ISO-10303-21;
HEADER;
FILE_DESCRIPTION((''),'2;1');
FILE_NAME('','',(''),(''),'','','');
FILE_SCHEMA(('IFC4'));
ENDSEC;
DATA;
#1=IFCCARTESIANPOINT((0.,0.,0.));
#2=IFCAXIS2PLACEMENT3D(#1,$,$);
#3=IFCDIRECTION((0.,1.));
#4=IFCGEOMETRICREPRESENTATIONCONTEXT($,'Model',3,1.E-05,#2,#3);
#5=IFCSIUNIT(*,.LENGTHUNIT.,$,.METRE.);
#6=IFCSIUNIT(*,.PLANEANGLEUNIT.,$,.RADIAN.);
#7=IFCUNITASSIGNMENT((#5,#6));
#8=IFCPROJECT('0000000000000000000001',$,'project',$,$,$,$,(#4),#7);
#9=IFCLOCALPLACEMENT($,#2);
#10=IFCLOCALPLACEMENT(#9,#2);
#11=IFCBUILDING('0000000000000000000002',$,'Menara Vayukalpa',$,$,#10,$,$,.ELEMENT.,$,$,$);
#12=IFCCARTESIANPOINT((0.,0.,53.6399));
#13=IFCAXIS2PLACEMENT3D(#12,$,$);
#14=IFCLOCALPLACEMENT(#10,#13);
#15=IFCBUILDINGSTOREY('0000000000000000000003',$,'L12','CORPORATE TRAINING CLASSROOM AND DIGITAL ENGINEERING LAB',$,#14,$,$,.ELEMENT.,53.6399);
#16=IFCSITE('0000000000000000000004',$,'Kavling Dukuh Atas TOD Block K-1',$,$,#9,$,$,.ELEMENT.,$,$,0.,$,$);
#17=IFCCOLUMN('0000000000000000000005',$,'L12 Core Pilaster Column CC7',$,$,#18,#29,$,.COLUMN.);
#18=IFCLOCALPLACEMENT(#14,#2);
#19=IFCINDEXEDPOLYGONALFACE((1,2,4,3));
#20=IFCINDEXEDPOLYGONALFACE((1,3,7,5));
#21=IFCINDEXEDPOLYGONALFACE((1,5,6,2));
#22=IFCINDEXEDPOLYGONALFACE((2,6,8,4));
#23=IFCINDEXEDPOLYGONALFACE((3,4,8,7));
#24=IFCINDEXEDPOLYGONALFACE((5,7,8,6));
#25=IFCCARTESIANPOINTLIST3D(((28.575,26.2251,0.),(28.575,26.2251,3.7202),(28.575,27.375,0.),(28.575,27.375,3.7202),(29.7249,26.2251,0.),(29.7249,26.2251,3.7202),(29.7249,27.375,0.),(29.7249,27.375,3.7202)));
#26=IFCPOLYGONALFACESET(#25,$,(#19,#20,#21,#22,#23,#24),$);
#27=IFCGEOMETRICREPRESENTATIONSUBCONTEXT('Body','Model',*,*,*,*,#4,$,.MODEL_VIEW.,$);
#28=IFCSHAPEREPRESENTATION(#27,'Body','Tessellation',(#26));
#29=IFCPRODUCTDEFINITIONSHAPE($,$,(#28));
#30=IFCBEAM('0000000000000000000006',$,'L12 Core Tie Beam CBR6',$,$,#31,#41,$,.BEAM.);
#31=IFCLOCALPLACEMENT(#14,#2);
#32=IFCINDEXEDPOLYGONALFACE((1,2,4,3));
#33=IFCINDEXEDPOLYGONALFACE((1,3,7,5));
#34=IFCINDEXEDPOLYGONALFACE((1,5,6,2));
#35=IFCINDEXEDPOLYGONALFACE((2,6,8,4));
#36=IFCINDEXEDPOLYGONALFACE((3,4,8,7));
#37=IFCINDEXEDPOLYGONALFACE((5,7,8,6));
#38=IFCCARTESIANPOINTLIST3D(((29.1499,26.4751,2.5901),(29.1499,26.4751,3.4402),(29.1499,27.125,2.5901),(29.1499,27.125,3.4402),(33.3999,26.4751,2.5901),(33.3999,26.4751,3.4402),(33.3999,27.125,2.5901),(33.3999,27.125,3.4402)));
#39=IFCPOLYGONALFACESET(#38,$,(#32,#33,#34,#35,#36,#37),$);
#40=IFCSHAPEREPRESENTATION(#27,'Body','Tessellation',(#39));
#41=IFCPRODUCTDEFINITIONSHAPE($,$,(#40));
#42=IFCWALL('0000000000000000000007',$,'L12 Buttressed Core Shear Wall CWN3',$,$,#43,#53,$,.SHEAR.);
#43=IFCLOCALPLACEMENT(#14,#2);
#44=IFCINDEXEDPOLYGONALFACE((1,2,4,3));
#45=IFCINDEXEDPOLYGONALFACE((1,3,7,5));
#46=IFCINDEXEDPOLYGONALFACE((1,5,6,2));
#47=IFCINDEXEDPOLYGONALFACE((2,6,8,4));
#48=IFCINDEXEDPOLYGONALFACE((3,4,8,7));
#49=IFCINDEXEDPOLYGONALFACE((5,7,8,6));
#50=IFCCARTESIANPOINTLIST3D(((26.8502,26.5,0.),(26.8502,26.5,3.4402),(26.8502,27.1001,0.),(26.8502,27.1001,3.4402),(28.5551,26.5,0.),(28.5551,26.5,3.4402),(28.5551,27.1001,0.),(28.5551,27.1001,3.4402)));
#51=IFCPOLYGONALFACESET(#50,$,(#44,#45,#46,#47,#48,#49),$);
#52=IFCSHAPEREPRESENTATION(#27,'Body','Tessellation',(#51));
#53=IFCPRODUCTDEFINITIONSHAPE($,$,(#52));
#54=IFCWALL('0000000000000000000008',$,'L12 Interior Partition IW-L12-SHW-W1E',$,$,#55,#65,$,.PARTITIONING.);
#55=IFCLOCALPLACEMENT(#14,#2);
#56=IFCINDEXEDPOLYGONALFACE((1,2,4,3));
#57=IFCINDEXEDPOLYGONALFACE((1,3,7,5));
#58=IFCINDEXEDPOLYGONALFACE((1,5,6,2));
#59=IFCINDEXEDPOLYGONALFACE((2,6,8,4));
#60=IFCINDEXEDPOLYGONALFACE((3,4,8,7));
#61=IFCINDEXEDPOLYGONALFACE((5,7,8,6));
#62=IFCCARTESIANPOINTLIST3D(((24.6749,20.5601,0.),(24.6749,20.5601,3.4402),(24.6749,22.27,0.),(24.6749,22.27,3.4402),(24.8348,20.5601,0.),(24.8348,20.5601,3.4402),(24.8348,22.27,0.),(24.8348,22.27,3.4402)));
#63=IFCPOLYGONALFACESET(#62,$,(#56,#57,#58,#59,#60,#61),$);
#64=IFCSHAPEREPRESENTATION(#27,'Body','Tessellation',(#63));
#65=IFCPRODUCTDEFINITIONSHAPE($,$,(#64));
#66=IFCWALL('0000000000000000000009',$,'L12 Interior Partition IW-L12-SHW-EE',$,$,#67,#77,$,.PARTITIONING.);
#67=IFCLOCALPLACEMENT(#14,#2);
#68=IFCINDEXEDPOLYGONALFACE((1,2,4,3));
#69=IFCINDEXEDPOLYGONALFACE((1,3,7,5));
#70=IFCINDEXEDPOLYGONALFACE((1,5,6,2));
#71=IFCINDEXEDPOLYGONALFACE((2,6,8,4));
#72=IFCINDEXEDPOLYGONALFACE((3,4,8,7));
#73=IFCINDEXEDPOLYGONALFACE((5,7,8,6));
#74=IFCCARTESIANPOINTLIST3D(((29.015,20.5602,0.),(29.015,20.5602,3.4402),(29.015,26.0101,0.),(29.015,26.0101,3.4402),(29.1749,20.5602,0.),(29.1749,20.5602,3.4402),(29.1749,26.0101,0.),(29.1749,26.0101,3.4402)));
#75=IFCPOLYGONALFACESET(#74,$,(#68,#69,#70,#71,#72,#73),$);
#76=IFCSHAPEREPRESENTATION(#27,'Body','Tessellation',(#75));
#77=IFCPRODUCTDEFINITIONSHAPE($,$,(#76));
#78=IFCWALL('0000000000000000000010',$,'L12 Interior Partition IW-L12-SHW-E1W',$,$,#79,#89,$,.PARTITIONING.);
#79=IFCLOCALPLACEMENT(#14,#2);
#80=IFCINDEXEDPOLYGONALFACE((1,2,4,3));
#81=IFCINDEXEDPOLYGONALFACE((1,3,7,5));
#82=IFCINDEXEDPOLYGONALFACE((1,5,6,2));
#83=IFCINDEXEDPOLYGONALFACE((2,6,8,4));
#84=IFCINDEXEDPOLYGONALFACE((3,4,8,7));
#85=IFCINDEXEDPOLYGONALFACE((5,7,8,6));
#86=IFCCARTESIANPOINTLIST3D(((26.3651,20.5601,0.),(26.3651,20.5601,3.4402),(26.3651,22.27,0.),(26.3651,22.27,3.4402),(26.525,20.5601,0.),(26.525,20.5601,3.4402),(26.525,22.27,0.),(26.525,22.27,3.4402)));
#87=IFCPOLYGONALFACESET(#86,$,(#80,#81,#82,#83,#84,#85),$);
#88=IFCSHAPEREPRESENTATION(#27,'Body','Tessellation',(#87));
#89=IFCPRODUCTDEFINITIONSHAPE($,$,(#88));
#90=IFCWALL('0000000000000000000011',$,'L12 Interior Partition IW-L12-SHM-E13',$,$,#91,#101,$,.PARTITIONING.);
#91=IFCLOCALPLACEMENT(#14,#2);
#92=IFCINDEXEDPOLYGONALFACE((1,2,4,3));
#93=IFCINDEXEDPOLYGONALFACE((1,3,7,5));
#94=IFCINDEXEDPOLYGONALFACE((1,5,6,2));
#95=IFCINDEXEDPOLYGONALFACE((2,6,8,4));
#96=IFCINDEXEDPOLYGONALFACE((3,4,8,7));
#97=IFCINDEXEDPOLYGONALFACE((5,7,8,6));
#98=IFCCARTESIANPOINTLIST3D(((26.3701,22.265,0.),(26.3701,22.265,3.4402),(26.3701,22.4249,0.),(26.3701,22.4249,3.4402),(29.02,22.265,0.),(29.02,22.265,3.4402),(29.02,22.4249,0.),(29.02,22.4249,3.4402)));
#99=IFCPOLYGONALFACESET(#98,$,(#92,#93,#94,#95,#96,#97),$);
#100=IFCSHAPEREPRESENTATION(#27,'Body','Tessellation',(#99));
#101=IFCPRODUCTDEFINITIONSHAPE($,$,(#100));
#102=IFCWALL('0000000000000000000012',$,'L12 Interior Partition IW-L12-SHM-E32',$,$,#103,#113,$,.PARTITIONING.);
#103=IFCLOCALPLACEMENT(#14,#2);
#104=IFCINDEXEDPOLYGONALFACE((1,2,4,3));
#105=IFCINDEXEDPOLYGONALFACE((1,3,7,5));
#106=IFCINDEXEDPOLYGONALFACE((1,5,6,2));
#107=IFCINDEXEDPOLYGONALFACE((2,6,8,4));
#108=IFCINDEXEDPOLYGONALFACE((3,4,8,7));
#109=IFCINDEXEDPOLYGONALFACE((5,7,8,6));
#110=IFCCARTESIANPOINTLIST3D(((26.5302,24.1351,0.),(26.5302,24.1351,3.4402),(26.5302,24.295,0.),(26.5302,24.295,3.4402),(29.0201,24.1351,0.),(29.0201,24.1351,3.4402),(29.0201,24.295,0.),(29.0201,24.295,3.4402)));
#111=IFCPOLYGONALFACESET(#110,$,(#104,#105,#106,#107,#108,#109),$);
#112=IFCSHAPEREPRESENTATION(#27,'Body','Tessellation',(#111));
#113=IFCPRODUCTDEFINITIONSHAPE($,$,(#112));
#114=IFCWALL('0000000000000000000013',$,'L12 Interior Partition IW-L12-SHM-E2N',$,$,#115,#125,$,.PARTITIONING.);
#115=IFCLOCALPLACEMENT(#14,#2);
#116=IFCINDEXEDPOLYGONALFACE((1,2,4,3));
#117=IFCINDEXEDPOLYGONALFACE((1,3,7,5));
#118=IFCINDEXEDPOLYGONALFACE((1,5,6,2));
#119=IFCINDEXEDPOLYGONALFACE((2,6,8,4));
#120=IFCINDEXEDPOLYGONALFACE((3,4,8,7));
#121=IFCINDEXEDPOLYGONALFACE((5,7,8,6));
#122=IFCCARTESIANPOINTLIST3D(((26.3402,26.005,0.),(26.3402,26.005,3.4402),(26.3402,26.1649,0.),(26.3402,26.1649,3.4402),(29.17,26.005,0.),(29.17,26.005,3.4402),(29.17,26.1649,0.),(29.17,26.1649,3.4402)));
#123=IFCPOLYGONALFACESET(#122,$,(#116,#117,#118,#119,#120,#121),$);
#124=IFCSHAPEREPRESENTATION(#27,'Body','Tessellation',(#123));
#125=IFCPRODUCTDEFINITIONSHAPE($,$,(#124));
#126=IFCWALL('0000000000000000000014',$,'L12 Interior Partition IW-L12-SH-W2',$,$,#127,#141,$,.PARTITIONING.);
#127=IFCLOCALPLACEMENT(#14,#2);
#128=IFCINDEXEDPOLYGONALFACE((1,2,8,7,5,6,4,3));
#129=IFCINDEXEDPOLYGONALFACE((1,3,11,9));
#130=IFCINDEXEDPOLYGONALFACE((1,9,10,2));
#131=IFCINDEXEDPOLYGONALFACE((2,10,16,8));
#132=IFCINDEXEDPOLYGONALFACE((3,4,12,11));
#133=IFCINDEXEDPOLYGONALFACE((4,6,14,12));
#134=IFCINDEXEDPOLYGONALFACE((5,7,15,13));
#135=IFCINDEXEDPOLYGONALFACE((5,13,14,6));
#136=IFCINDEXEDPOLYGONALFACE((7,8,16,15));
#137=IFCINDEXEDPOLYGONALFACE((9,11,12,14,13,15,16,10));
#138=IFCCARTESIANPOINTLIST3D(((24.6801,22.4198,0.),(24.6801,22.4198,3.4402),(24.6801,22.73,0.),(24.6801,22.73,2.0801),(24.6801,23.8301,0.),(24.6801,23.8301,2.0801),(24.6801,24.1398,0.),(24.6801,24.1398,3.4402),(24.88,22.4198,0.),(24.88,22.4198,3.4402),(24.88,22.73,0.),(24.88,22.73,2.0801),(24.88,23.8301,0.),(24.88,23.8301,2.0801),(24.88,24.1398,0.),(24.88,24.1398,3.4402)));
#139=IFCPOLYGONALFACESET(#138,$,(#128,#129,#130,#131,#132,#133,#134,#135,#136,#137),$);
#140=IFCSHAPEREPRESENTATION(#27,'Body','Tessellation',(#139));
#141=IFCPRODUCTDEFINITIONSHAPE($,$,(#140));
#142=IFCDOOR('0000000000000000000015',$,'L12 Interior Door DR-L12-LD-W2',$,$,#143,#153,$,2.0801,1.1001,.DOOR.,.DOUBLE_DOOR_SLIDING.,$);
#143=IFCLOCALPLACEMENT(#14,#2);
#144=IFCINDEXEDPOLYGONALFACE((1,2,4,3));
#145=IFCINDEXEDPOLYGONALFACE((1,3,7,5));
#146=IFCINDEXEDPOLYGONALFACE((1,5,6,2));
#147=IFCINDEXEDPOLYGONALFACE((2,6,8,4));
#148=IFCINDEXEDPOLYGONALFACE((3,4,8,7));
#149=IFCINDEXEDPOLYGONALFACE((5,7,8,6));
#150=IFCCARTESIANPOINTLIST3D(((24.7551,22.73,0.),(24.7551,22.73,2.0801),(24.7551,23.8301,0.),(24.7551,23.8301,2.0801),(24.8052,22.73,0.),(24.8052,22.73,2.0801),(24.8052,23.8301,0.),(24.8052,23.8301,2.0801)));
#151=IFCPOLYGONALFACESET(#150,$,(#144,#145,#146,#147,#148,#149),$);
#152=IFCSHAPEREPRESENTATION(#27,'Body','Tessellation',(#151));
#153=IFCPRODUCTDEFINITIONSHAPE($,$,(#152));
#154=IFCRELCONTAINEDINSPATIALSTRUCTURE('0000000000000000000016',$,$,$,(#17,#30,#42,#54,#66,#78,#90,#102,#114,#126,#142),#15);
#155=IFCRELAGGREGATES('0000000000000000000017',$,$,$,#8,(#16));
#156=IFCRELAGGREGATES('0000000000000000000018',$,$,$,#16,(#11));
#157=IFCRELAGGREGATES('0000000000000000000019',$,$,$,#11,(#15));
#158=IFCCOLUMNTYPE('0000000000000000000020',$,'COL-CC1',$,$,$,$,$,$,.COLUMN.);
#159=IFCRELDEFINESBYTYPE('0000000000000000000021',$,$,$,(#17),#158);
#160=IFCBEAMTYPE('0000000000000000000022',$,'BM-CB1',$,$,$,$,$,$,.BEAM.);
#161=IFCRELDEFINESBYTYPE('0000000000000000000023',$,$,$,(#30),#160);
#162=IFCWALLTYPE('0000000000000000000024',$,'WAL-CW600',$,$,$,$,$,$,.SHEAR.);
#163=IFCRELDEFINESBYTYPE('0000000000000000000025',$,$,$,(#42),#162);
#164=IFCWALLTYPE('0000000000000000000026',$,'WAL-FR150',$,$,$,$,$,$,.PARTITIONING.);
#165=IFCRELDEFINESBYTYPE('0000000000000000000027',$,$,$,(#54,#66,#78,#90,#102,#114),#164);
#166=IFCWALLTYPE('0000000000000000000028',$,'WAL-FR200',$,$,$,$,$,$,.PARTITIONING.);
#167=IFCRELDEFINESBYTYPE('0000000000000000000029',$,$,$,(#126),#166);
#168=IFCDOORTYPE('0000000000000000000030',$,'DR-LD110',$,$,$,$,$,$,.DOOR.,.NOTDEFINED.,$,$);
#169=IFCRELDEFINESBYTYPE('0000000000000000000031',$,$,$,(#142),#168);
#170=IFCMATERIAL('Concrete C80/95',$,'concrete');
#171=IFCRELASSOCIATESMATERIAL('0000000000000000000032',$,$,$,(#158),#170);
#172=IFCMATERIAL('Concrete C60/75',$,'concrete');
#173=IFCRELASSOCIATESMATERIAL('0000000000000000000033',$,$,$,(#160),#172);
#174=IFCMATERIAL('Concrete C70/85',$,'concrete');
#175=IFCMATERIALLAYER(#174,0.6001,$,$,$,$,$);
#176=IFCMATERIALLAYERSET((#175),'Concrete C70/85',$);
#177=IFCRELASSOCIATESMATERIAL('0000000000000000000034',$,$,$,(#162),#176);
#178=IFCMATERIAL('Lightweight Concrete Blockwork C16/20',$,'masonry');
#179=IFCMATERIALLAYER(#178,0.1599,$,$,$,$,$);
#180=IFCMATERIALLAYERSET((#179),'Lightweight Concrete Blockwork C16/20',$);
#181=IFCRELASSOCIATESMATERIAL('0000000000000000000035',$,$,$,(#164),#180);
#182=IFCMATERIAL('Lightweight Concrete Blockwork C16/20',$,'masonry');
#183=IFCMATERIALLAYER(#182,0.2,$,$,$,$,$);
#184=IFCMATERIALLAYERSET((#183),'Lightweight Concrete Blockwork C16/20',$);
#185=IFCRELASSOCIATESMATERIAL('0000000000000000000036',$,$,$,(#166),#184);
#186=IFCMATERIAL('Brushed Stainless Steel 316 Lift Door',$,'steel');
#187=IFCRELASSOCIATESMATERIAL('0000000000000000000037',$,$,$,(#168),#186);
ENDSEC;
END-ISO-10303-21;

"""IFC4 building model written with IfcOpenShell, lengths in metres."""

from ifc_helpers import new_model, si_unit, direction, frame, frame_2d, origin, origin_2d, place, context, subcontext, project, spatial, rectangle, extrude, material, layer, layer_set, material_profile, profile_set, type_object, element, fill, save


model = new_model("IFC4")

# Units and contexts
model_context = context("Model", 3, precision=1e-05, world=origin(), true_north=direction((0.0, 1.0)))
body_context = subcontext(model_context, "Body", "Model", "MODEL_VIEW")
ifc_project = project(units=[si_unit("LENGTHUNIT", "METRE"), si_unit("PLANEANGLEUNIT", "RADIAN")], contexts=[model_context])

# Site, building, storey
site_placement = place(None, origin())
site = spatial("IfcSite", under=ifc_project, at=site_placement, Name="Kavling Dukuh Atas TOD Block K-1", CompositionType="ELEMENT", RefElevation=0.0)
building_placement = place(site_placement, origin())
building = spatial("IfcBuilding", under=site, at=building_placement, Name="Menara Vayukalpa", CompositionType="ELEMENT")
storey_placement = place(building_placement, frame((0.0, 0.0, 53.6399)))
storey = spatial("IfcBuildingStorey", under=building, at=storey_placement, Name="L12", Description="CORPORATE TRAINING CLASSROOM AND DIGITAL ENGINEERING LAB", CompositionType="ELEMENT", Elevation=53.6399)

# Column
ifc_material_1 = material(Name="Concrete C80/95", Category="concrete")
ifc_material_profile_1 = material_profile(ifc_material_1, rectangle(XDim=1.1499, YDim=1.1499, at=origin_2d()), Name="RC 1150x1150")
ifc_profile_set_1 = profile_set([ifc_material_profile_1], Name="Concrete C80/95")
column_type = type_object("IfcColumnType", Name="COL-CC1", PredefinedType="COLUMN", material=ifc_profile_set_1)
column_placement = place(storey_placement, frame((29.1499, 26.8, 0.0), z_axis=(0.0, 0.0, 1.0), x_axis=(1.0, 0.0, 0.0)))
element("IfcColumn", 1, at=column_placement, inside=storey, type_object=column_type, Name="L12 Core Pilaster Column CC7", PredefinedType="COLUMN", context=body_context, shape_type="SweptSolid", body=[
    extrude(rectangle(XDim=1.1499, YDim=1.1499, at=origin_2d()), origin(), (0.0, 0.0, 1.0), 3.7202),
])

# Beam
ifc_material_2 = material(Name="Concrete C60/75", Category="concrete")
ifc_material_profile_2 = material_profile(ifc_material_2, rectangle(XDim=0.6499, YDim=0.8501, at=origin_2d()), Name="RC 650x850")
ifc_profile_set_2 = profile_set([ifc_material_profile_2], Name="Concrete C60/75")
beam_type = type_object("IfcBeamType", Name="BM-CB1", PredefinedType="BEAM", material=ifc_profile_set_2)
beam_placement = place(storey_placement, frame((29.1499, 26.8, 3.0151), z_axis=(1.0, 0.0, 0.0), x_axis=(0.0, 1.0, 0.0)))
element("IfcBeam", 2, at=beam_placement, inside=storey, type_object=beam_type, Name="L12 Core Tie Beam CBR6", PredefinedType="BEAM", context=body_context, shape_type="SweptSolid", body=[
    extrude(rectangle(XDim=0.6499, YDim=0.8501, at=origin_2d()), origin(), (0.0, 0.0, 1.0), 4.25),
])

# Walls
ifc_material_3 = material(Name="Concrete C70/85", Category="concrete")
ifc_layer_1 = layer(ifc_material_3, 0.6001)
ifc_layer_set_1 = layer_set([ifc_layer_1], Name="Concrete C70/85")
wall_type_1 = type_object("IfcWallType", Name="WAL-CW600", PredefinedType="SHEAR", material=ifc_layer_set_1)
wall_1_placement = place(storey_placement, frame((26.8501, 26.8, 0.0), z_axis=(0.0, 0.0, 1.0), x_axis=(1.0, 0.0, 0.0)))
element("IfcWall", 3, at=wall_1_placement, inside=storey, type_object=wall_type_1, Name="L12 Buttressed Core Shear Wall CWN3", PredefinedType="SHEAR", context=body_context, shape_type="SweptSolid", body=[
    extrude(rectangle(XDim=1.7048, YDim=0.6001, at=frame_2d((0.8525, 0.0))), origin(), (0.0, 0.0, 1.0), 3.4402),
])
ifc_material_4 = material(Name="Lightweight Concrete Blockwork C16/20", Category="masonry")
ifc_layer_2 = layer(ifc_material_4, 0.1599)
ifc_layer_set_2 = layer_set([ifc_layer_2], Name="Lightweight Concrete Blockwork C16/20")
wall_type_2 = type_object("IfcWallType", Name="WAL-FR150", PredefinedType="PARTITIONING", material=ifc_layer_set_2)
wall_2_placement = place(storey_placement, frame((24.7549, 20.5601, 0.0), z_axis=(0.0, 0.0, 1.0), x_axis=(0.0, 1.0, 0.0)))
element("IfcWall", 4, at=wall_2_placement, inside=storey, type_object=wall_type_2, Name="L12 Interior Partition IW-L12-SHW-W1E", PredefinedType="PARTITIONING", context=body_context, shape_type="SweptSolid", body=[
    extrude(rectangle(XDim=1.71, YDim=0.1599, at=frame_2d((0.855, 0.0))), origin(), (0.0, 0.0, 1.0), 3.4402),
])
wall_3_placement = place(storey_placement, frame((29.095, 20.5601, 0.0), z_axis=(0.0, 0.0, 1.0), x_axis=(0.0, 1.0, 0.0)))
element("IfcWall", 5, at=wall_3_placement, inside=storey, type_object=wall_type_2, Name="L12 Interior Partition IW-L12-SHW-EE", PredefinedType="PARTITIONING", context=body_context, shape_type="SweptSolid", body=[
    extrude(rectangle(XDim=5.45, YDim=0.1599, at=frame_2d((2.7251, 0.0))), origin(), (0.0, 0.0, 1.0), 3.4402),
])
wall_4_placement = place(storey_placement, frame((26.4451, 20.5601, 0.0), z_axis=(0.0, 0.0, 1.0), x_axis=(0.0, 1.0, 0.0)))
element("IfcWall", 6, at=wall_4_placement, inside=storey, type_object=wall_type_2, Name="L12 Interior Partition IW-L12-SHW-E1W", PredefinedType="PARTITIONING", context=body_context, shape_type="SweptSolid", body=[
    extrude(rectangle(XDim=1.71, YDim=0.1599, at=frame_2d((0.855, 0.0))), origin(), (0.0, 0.0, 1.0), 3.4402),
])
wall_5_placement = place(storey_placement, frame((26.3701, 22.345, 0.0), z_axis=(0.0, 0.0, 1.0), x_axis=(1.0, 0.0, 0.0)))
element("IfcWall", 7, at=wall_5_placement, inside=storey, type_object=wall_type_2, Name="L12 Interior Partition IW-L12-SHM-E13", PredefinedType="PARTITIONING", context=body_context, shape_type="SweptSolid", body=[
    extrude(rectangle(XDim=2.6499, YDim=0.1599, at=frame_2d((1.325, 0.0))), origin(), (0.0, 0.0, 1.0), 3.4402),
])
wall_6_placement = place(storey_placement, frame((26.53, 24.2151, 0.0), z_axis=(0.0, 0.0, 1.0), x_axis=(1.0, 0.0, 0.0)))
element("IfcWall", 8, at=wall_6_placement, inside=storey, type_object=wall_type_2, Name="L12 Interior Partition IW-L12-SHM-E32", PredefinedType="PARTITIONING", context=body_context, shape_type="SweptSolid", body=[
    extrude(rectangle(XDim=2.49, YDim=0.1599, at=frame_2d((1.2451, 0.0))), origin(), (0.0, 0.0, 1.0), 3.4402),
])
wall_7_placement = place(storey_placement, frame((26.3401, 26.085, 0.0), z_axis=(0.0, 0.0, 1.0), x_axis=(1.0, 0.0, 0.0)))
element("IfcWall", 9, at=wall_7_placement, inside=storey, type_object=wall_type_2, Name="L12 Interior Partition IW-L12-SHM-E2N", PredefinedType="PARTITIONING", context=body_context, shape_type="SweptSolid", body=[
    extrude(rectangle(XDim=2.8298, YDim=0.1599, at=frame_2d((1.415, 0.0))), origin(), (0.0, 0.0, 1.0), 3.4402),
])

# Wall, opening, door
ifc_material_5 = material(Name="Lightweight Concrete Blockwork C16/20", Category="masonry")
ifc_layer_3 = layer(ifc_material_5, 0.2)
ifc_layer_set_3 = layer_set([ifc_layer_3], Name="Lightweight Concrete Blockwork C16/20")
wall_type_3 = type_object("IfcWallType", Name="WAL-FR200", PredefinedType="PARTITIONING", material=ifc_layer_set_3)
wall_8_placement = place(storey_placement, frame((24.78, 22.4199, 0.0), z_axis=(0.0, 0.0, 1.0), x_axis=(0.0, 1.0, 0.0)))
wall_8 = element("IfcWall", 10, at=wall_8_placement, inside=storey, type_object=wall_type_3, Name="L12 Interior Partition IW-L12-SH-W2", PredefinedType="PARTITIONING", context=body_context, shape_type="SweptSolid", body=[
    extrude(rectangle(XDim=1.72, YDim=0.2, at=frame_2d((0.8599, 0.0))), origin(), (0.0, 0.0, 1.0), 3.4402),
])
opening_1_placement = place(wall_8_placement, frame((0.3101, 0.0, 0.0)))
opening_1 = element("IfcOpeningElement", 11, at=opening_1_placement, cuts=wall_8, PredefinedType="OPENING", context=body_context, shape_type="SweptSolid", body=[
    extrude(rectangle(XDim=1.1001, YDim=2.0801, at=frame_2d((0.55, 1.04))), frame((0.0, 0.1099, 0.0), z_axis=(0.0, -1.0, 0.0), x_axis=(1.0, 0.0, 0.0)), (0.0, 0.0, 1.0), 0.22),
])
ifc_material_6 = material(Name="Brushed Stainless Steel 316 Lift Door", Category="steel")
door_type = type_object("IfcDoorType", Name="DR-LD110", OperationType="NOTDEFINED", PredefinedType="DOOR", material=ifc_material_6)
door_1_placement = place(opening_1_placement, origin())
door_1 = element("IfcDoor", 12, at=door_1_placement, inside=storey, type_object=door_type, Name="L12 Interior Door DR-L12-LD-W2", OperationType="DOUBLE_DOOR_SLIDING", OverallHeight=2.0801, OverallWidth=1.1001, PredefinedType="DOOR", context=body_context, shape_type="SweptSolid", body=[
    extrude(rectangle(XDim=1.1001, YDim=2.0801, at=frame_2d((0.55, 1.04))), frame((0.0, 0.0249, 0.0), z_axis=(0.0, -1.0, 0.0), x_axis=(1.0, 0.0, 0.0)), (0.0, 0.0, 1.0), 0.05),
])
fill(opening_1, door_1)

save(model, "model.ifc")
